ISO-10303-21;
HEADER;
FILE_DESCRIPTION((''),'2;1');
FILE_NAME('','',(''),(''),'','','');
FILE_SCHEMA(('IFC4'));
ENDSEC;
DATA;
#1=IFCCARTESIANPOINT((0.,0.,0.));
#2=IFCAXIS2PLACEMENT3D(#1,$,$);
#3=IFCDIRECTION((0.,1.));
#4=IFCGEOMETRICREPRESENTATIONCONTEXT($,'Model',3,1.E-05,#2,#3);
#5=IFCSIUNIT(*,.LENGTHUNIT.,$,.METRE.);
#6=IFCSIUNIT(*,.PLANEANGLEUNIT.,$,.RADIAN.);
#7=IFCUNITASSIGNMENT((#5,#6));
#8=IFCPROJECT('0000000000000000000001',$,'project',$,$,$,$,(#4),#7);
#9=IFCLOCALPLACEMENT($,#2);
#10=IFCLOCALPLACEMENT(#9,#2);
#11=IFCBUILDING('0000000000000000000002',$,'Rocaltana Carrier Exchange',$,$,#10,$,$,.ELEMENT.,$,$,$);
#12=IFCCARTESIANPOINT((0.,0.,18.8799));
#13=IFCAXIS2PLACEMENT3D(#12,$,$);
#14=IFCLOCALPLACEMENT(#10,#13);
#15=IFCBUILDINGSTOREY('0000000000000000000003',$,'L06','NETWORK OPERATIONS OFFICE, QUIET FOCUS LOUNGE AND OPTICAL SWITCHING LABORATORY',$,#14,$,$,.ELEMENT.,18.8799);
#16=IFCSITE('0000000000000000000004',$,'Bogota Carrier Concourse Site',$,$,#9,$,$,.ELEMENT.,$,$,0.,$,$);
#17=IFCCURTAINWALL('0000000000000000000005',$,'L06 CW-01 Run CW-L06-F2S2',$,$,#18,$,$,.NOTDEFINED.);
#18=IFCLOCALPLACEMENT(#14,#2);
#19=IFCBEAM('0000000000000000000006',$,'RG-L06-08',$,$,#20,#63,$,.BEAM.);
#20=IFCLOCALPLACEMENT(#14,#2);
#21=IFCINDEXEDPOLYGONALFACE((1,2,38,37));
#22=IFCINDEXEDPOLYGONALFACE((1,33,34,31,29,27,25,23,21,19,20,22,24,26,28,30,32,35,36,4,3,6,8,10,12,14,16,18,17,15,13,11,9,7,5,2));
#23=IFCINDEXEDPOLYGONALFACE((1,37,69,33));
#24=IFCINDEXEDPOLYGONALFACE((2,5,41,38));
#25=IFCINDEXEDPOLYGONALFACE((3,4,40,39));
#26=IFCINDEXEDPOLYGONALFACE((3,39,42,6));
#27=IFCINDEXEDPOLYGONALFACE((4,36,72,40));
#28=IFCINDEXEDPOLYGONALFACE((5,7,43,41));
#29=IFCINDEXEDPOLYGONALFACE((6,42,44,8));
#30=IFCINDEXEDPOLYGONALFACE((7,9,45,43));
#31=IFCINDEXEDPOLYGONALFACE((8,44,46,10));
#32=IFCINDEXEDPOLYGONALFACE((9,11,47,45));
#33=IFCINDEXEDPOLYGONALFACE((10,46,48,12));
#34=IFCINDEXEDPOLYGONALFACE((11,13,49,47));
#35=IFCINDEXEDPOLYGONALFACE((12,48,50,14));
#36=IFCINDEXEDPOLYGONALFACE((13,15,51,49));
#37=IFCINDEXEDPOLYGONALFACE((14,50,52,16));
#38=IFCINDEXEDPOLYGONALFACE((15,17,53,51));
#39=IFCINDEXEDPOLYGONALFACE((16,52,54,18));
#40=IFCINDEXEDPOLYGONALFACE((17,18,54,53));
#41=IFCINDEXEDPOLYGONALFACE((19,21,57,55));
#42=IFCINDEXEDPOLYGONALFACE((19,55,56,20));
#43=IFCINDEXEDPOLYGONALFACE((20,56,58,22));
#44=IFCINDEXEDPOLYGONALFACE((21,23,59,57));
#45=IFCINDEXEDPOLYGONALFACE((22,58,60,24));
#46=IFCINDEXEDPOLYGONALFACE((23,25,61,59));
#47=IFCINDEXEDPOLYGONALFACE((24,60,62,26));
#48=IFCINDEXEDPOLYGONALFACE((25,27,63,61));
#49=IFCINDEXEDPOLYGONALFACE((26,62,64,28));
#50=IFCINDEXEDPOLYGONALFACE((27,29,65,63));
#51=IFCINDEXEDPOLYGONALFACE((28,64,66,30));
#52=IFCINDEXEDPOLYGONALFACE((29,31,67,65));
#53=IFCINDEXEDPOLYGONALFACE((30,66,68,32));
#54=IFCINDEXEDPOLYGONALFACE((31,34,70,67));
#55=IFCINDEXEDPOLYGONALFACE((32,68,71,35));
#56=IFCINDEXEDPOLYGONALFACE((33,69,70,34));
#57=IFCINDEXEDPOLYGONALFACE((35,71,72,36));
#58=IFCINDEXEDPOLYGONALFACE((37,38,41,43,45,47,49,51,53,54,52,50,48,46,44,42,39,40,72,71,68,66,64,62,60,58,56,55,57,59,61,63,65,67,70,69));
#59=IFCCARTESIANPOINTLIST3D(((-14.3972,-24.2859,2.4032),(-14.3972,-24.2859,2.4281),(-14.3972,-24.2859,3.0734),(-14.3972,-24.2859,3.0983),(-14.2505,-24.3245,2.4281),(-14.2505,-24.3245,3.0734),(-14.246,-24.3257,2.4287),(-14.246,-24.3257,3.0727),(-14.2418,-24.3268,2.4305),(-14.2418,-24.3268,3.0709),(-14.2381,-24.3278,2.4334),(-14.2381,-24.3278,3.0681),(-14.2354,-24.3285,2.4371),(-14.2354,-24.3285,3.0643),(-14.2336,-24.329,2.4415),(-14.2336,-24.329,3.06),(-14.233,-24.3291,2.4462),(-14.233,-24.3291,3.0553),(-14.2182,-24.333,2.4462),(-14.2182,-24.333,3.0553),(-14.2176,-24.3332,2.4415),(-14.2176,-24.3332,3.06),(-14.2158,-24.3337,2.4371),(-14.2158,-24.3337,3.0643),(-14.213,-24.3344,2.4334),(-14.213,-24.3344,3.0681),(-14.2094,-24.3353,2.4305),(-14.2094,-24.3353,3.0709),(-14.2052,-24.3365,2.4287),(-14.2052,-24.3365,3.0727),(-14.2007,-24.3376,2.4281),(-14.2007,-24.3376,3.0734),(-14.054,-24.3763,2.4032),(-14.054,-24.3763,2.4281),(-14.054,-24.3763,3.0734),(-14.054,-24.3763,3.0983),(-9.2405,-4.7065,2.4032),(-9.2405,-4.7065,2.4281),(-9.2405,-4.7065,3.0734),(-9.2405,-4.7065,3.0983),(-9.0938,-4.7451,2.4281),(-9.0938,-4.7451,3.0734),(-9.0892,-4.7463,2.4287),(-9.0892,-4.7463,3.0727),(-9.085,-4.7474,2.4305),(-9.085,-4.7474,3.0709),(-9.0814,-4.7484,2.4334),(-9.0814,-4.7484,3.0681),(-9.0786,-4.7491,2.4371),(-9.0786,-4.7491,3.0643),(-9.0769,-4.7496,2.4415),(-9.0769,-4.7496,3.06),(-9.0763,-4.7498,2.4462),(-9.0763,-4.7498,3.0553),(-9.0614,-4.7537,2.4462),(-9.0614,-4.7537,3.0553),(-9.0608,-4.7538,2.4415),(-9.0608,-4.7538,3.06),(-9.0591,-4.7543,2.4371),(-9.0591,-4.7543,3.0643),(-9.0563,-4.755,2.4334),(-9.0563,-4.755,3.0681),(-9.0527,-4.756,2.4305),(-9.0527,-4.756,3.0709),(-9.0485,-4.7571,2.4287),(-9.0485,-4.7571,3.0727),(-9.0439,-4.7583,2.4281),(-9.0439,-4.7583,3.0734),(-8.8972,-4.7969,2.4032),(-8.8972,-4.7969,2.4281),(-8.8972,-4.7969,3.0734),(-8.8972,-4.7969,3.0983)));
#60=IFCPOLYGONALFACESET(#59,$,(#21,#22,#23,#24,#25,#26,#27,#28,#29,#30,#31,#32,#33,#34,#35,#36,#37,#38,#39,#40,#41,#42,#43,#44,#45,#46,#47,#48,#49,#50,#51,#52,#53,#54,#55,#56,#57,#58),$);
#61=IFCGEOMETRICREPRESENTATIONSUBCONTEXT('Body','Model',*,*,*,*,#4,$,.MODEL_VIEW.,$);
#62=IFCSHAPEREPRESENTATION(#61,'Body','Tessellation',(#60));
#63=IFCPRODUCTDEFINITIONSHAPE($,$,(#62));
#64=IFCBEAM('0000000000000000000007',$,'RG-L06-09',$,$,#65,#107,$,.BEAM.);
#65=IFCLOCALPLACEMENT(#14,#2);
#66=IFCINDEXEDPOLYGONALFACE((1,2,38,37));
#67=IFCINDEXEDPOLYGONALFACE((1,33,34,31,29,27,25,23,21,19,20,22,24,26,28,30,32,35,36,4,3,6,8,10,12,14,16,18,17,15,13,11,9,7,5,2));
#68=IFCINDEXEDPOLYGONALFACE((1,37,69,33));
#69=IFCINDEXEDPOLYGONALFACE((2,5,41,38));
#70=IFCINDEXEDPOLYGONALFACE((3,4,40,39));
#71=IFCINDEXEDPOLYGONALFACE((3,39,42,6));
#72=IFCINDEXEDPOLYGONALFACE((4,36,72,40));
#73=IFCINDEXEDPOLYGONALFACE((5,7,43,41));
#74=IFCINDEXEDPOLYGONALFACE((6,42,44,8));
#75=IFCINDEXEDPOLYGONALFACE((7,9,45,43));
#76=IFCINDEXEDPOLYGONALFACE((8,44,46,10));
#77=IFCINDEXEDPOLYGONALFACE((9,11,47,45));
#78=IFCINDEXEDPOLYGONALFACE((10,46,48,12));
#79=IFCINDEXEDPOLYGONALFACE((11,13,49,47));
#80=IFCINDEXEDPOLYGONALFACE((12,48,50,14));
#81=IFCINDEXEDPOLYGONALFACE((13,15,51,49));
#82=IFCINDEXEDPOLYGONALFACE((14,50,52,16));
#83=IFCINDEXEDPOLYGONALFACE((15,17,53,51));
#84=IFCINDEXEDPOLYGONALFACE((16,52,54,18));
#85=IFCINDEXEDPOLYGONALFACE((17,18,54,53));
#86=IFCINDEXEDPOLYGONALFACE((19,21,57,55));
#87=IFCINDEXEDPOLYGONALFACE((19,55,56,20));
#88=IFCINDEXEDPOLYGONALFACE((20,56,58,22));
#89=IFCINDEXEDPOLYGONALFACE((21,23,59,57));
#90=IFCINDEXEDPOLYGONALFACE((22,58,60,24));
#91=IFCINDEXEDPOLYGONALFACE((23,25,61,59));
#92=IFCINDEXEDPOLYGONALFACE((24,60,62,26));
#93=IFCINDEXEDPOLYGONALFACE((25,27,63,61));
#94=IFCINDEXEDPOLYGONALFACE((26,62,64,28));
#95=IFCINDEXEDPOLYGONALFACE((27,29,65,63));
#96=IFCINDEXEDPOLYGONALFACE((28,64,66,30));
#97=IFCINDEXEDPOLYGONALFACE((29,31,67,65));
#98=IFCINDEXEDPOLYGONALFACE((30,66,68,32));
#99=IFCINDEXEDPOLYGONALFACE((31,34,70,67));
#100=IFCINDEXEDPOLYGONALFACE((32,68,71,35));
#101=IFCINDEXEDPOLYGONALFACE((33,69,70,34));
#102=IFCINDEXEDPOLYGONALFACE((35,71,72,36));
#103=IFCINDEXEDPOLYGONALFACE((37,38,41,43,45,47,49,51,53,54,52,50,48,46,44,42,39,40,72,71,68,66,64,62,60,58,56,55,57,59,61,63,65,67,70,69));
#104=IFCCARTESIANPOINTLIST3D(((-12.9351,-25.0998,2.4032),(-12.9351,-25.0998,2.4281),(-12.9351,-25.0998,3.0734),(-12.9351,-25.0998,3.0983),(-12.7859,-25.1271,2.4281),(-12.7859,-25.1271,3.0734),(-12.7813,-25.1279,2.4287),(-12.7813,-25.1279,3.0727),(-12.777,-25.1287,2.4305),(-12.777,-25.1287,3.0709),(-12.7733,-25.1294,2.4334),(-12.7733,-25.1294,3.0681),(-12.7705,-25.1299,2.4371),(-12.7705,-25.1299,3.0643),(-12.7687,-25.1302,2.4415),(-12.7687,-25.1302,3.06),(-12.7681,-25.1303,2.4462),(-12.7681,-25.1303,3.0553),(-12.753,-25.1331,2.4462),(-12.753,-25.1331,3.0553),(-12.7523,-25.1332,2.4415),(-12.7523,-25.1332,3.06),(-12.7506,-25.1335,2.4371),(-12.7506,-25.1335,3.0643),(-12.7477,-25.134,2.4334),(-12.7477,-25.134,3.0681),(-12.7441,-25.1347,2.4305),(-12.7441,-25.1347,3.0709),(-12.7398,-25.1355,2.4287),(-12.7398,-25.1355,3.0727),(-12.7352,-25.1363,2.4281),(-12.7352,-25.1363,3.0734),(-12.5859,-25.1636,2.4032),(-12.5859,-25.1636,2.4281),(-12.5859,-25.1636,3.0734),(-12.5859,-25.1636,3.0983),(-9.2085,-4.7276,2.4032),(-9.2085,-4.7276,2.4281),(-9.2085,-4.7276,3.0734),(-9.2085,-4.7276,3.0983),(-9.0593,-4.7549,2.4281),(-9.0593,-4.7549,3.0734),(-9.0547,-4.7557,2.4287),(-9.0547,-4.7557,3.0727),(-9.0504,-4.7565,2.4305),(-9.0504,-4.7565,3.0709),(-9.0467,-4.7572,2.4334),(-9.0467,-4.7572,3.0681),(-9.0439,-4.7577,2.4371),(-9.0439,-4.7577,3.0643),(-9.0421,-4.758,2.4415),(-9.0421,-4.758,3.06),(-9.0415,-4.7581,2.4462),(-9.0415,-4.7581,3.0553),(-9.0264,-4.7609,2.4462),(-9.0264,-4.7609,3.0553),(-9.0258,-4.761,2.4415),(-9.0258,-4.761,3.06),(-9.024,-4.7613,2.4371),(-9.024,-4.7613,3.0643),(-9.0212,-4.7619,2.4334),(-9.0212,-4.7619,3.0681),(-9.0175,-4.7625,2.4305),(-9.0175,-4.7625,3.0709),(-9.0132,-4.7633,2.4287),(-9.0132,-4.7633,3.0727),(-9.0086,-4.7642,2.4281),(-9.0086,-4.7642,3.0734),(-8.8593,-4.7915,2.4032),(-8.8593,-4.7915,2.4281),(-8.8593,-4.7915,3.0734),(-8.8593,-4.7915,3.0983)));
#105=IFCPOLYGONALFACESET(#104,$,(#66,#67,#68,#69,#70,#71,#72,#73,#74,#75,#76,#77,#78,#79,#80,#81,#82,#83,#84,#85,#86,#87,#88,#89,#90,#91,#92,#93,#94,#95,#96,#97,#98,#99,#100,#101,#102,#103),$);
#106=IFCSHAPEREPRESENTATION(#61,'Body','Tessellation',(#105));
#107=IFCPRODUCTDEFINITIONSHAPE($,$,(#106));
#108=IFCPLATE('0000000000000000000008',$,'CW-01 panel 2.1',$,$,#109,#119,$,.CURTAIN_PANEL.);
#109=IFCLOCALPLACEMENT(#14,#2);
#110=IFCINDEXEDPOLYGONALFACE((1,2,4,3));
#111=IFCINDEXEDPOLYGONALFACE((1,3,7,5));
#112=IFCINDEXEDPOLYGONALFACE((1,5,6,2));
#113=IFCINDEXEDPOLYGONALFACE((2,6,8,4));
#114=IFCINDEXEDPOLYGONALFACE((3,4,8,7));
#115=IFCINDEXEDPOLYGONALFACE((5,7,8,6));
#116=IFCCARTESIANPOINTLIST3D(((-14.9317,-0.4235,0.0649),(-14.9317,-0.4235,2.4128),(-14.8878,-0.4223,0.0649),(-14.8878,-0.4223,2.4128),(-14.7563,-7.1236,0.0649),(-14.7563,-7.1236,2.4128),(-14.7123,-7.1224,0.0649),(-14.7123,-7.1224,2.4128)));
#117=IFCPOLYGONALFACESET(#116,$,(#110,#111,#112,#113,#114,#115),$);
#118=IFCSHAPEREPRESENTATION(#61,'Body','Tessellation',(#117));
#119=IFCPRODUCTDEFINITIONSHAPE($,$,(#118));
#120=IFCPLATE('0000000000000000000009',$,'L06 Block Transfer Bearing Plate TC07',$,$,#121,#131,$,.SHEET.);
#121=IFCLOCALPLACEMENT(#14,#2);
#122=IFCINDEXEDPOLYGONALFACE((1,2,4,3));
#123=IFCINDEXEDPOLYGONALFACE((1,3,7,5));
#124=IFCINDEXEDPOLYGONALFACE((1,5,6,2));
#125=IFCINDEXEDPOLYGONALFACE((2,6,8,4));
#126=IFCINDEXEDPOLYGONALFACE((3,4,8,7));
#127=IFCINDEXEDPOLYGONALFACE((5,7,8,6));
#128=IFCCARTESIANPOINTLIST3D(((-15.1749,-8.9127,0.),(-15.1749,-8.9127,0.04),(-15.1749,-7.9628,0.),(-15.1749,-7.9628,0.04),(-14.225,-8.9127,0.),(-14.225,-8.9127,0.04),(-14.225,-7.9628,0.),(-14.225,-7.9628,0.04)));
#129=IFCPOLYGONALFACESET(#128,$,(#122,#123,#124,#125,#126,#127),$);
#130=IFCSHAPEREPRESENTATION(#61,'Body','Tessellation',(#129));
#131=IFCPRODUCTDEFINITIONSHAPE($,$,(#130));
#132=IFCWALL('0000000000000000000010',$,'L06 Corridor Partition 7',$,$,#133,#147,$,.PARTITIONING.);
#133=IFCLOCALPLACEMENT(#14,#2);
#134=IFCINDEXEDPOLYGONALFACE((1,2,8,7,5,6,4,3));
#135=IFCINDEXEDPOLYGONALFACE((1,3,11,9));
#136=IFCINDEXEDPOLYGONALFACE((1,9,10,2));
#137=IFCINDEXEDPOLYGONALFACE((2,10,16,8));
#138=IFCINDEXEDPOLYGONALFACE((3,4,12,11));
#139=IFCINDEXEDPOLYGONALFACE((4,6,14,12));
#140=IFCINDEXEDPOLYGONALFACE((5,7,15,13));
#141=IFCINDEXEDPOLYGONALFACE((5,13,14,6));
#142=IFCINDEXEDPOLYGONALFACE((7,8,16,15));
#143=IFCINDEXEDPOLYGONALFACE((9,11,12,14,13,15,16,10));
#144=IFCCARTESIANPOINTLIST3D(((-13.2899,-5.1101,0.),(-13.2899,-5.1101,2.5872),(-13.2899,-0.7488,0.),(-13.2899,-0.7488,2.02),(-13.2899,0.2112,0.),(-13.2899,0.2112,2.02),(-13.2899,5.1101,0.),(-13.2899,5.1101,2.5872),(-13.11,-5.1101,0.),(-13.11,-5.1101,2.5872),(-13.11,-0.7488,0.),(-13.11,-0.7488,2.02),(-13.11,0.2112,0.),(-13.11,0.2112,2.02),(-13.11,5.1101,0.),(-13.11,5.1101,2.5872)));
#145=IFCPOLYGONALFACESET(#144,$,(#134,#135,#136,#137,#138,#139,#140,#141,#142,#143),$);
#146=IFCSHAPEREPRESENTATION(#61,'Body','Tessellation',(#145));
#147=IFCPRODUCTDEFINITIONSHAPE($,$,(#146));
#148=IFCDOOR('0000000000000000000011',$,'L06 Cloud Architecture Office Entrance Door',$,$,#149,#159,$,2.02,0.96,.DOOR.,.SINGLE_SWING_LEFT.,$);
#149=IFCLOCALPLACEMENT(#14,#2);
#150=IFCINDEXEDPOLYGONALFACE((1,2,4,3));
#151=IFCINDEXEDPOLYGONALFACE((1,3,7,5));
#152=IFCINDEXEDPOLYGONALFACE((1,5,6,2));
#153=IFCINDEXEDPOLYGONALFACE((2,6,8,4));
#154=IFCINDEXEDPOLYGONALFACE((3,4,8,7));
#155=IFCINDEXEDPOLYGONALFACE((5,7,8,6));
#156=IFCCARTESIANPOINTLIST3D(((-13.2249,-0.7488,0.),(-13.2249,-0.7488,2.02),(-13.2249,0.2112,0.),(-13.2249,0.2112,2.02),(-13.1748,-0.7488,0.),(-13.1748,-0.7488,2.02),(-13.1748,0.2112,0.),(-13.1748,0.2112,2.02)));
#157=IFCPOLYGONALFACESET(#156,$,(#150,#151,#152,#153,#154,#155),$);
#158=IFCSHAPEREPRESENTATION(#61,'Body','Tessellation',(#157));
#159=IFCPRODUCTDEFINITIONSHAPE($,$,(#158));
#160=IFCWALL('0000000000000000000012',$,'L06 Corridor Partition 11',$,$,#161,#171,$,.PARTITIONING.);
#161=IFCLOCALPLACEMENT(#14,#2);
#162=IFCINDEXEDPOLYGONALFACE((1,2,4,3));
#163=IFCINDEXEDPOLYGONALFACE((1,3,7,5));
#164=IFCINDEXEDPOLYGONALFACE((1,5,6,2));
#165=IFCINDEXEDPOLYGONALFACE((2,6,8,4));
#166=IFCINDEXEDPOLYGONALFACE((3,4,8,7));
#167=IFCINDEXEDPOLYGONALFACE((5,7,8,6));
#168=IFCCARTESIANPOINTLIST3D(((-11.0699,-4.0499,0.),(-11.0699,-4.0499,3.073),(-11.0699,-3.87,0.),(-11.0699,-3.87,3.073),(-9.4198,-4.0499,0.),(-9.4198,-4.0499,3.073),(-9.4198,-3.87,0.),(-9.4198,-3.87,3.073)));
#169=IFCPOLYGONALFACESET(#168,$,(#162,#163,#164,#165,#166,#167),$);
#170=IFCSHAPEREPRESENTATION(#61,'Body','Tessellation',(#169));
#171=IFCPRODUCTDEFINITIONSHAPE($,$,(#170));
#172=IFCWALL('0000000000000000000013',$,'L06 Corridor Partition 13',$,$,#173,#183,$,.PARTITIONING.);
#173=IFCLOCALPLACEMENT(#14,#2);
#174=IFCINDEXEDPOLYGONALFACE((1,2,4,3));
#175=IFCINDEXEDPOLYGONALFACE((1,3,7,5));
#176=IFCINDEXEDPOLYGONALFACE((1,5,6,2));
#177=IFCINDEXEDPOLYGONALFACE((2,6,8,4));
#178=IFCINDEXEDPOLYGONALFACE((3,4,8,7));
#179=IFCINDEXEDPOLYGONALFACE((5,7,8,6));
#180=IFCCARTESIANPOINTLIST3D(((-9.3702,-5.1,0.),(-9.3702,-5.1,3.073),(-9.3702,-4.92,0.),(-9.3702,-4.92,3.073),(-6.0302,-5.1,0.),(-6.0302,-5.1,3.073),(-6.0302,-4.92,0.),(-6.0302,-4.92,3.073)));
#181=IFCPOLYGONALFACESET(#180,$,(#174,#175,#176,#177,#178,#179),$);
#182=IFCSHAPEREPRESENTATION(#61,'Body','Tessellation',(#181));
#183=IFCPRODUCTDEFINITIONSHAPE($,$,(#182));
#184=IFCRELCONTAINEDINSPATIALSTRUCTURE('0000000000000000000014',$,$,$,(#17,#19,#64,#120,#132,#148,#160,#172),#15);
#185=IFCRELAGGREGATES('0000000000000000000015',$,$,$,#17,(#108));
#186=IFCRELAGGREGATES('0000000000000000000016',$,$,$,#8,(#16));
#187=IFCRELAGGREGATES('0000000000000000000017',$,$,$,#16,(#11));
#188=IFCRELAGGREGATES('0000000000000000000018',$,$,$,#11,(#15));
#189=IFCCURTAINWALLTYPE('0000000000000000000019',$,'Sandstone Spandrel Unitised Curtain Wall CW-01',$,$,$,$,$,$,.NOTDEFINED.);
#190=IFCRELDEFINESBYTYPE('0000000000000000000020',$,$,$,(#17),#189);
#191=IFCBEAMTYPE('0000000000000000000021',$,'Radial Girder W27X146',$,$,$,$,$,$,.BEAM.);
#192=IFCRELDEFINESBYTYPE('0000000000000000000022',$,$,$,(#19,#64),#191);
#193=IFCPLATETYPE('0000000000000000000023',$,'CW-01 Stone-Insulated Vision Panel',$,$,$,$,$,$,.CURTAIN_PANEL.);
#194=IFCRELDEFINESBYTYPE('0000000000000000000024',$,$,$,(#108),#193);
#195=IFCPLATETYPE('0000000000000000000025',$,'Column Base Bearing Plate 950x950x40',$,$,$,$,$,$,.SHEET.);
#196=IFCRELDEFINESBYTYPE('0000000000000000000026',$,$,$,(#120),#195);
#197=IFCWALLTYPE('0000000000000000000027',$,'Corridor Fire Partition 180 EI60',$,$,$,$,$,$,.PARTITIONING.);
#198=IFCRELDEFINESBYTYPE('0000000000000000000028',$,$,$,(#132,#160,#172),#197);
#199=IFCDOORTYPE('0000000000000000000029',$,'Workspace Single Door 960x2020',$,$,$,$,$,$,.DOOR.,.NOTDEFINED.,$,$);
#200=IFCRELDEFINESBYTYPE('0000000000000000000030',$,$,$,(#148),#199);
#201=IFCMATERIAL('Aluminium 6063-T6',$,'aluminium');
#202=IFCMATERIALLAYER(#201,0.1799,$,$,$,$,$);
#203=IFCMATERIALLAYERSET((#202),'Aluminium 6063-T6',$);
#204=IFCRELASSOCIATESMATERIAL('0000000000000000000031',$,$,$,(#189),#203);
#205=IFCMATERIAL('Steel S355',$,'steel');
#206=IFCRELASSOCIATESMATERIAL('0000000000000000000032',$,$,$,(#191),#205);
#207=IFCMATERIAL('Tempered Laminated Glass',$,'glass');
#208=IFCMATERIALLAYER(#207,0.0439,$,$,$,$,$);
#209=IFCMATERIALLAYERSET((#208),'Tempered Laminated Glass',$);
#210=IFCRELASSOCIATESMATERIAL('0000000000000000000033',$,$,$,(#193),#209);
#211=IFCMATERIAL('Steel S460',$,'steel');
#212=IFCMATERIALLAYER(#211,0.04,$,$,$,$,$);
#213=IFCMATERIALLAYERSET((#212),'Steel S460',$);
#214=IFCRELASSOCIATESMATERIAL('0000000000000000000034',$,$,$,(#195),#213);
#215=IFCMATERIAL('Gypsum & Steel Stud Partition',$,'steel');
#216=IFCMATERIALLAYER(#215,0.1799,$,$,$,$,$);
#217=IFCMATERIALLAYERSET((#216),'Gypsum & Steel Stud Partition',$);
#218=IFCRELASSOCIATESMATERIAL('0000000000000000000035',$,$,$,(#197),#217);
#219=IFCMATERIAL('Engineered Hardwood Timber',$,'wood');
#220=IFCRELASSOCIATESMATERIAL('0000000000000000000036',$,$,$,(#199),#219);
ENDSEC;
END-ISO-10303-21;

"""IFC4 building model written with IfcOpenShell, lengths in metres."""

from ifc_helpers import new_model, si_unit, direction, frame, frame_2d, origin, origin_2d, place, context, subcontext, project, spatial, rectangle, i_section, extrude, material, layer, layer_set, material_profile, profile_set, type_object, element, fill, aggregate, save


model = new_model("IFC4")

# Units and contexts
model_context = context("Model", 3, precision=1e-05, world=origin(), true_north=direction((0.0, 1.0)))
body_context = subcontext(model_context, "Body", "Model", "MODEL_VIEW")
ifc_project = project(units=[si_unit("LENGTHUNIT", "METRE"), si_unit("PLANEANGLEUNIT", "RADIAN")], contexts=[model_context])

# Site, building, storey
site_placement = place(None, origin())
site = spatial("IfcSite", under=ifc_project, at=site_placement, Name="Bogota Carrier Concourse Site", CompositionType="ELEMENT", RefElevation=0.0)
building_placement = place(site_placement, origin())
building = spatial("IfcBuilding", under=site, at=building_placement, Name="Rocaltana Carrier Exchange", CompositionType="ELEMENT")
storey_placement = place(building_placement, frame((0.0, 0.0, 18.8799)))
storey = spatial("IfcBuildingStorey", under=building, at=storey_placement, Name="L06", Description="NETWORK OPERATIONS OFFICE, QUIET FOCUS LOUNGE AND OPTICAL SWITCHING LABORATORY", CompositionType="ELEMENT", Elevation=18.8799)

# Curtain wall
ifc_material_1 = material(Name="Aluminium 6063-T6", Category="aluminium")
ifc_layer_1 = layer(ifc_material_1, 0.1799)
ifc_layer_set_1 = layer_set([ifc_layer_1], Name="Aluminium 6063-T6")
curtain_wall_type = type_object("IfcCurtainWallType", Name="Sandstone Spandrel Unitised Curtain Wall CW-01", PredefinedType="NOTDEFINED", material=ifc_layer_set_1)
curtain_wall_placement = place(storey_placement, origin())
curtain_wall = element("IfcCurtainWall", 1, at=curtain_wall_placement, inside=storey, type_object=curtain_wall_type, Name="L06 CW-01 Run CW-L06-F2S2", PredefinedType="NOTDEFINED")

# Beams
ifc_material_2 = material(Name="Steel S355", Category="steel")
ifc_material_profile_1 = material_profile(ifc_material_2, i_section(OverallWidth=0.355, OverallDepth=0.6951, WebThickness=0.0154, FlangeThickness=0.0249, FilletRadius=0.0181, at=origin_2d()), Name="W27X146")
ifc_profile_set_1 = profile_set([ifc_material_profile_1], Name="Steel S355")
beam_type_1 = type_object("IfcBeamType", Name="Radial Girder W27X146", PredefinedType="BEAM", material=ifc_profile_set_1)
beam_1_placement = place(storey_placement, frame((-9.0688, -4.7517, 2.7507), z_axis=(-0.254691, -0.967023, 0.0), x_axis=(0.967023, -0.254691, 0.0)))
element("IfcBeam", 2, at=beam_1_placement, inside=storey, type_object=beam_type_1, Name="RG-L06-08", PredefinedType="BEAM", context=body_context, shape_type="SweptSolid", body=[
    extrude(i_section(OverallWidth=0.355, OverallDepth=0.6951, WebThickness=0.0154, FlangeThickness=0.0249, FilletRadius=0.0181, at=origin_2d()), origin(), (0.0, 0.0, 1.0), 20.2471),
])
beam_2_placement = place(storey_placement, frame((-9.0339, -4.7595, 2.7507), z_axis=(-0.179939, -0.983678, 0.0), x_axis=(0.983678, -0.179939, 0.0)))
element("IfcBeam", 3, at=beam_2_placement, inside=storey, type_object=beam_type_1, Name="RG-L06-09", PredefinedType="BEAM", context=body_context, shape_type="SweptSolid", body=[
    extrude(i_section(OverallWidth=0.355, OverallDepth=0.6951, WebThickness=0.0154, FlangeThickness=0.0249, FilletRadius=0.0181, at=origin_2d()), origin(), (0.0, 0.0, 1.0), 20.7102),
])

# Plates
ifc_material_3 = material(Name="Tempered Laminated Glass", Category="glass")
ifc_layer_2 = layer(ifc_material_3, 0.0439)
ifc_layer_set_2 = layer_set([ifc_layer_2], Name="Tempered Laminated Glass")
plate_type_1 = type_object("IfcPlateType", Name="CW-01 Stone-Insulated Vision Panel", PredefinedType="CURTAIN_PANEL", material=ifc_layer_set_2)
plate_1_placement = place(storey_placement, frame((-14.822, -3.7729, 0.0649), z_axis=(0.0, 0.0, 1.0), x_axis=(0.026177, -0.999657, 0.0)))
plate_1 = element("IfcPlate", 4, at=plate_1_placement, type_object=plate_type_1, Name="CW-01 panel 2.1", PredefinedType="CURTAIN_PANEL", context=body_context, shape_type="SweptSolid", body=[
    extrude(rectangle(XDim=6.7024, YDim=0.0439, at=origin_2d()), origin(), (0.0, 0.0, 1.0), 2.3479),
])
aggregate(curtain_wall, [plate_1])
ifc_material_4 = material(Name="Steel S460", Category="steel")
ifc_layer_3 = layer(ifc_material_4, 0.04)
ifc_layer_set_3 = layer_set([ifc_layer_3], Name="Steel S460")
plate_type_2 = type_object("IfcPlateType", Name="Column Base Bearing Plate 950x950x40", PredefinedType="SHEET", material=ifc_layer_set_3)
plate_2_placement = place(storey_placement, frame((-14.7, -8.4377, 0.0), z_axis=(0.0, 0.0, 1.0), x_axis=(1.0, 0.0, 0.0)))
element("IfcPlate", 5, at=plate_2_placement, inside=storey, type_object=plate_type_2, Name="L06 Block Transfer Bearing Plate TC07", PredefinedType="SHEET", context=body_context, shape_type="SweptSolid", body=[
    extrude(rectangle(XDim=0.95, YDim=0.95, at=origin_2d()), origin(), (0.0, 0.0, 1.0), 0.04),
])

# Wall, opening, door
ifc_material_5 = material(Name="Gypsum & Steel Stud Partition", Category="steel")
ifc_layer_4 = layer(ifc_material_5, 0.1799)
ifc_layer_set_4 = layer_set([ifc_layer_4], Name="Gypsum & Steel Stud Partition")
wall_type_1 = type_object("IfcWallType", Name="Corridor Fire Partition 180 EI60", PredefinedType="PARTITIONING", material=ifc_layer_set_4)
wall_1_placement = place(storey_placement, frame((-13.2, -5.1101, 0.0), z_axis=(0.0, 0.0, 1.0), x_axis=(0.0, 1.0, 0.0)))
wall_1 = element("IfcWall", 6, at=wall_1_placement, inside=storey, type_object=wall_type_1, Name="L06 Corridor Partition 7", PredefinedType="PARTITIONING", context=body_context, shape_type="SweptSolid", body=[
    extrude(rectangle(XDim=10.2202, YDim=0.1799, at=frame_2d((5.1101, 0.0))), origin(), (0.0, 0.0, 1.0), 2.5872),
])
opening_placement = place(wall_1_placement, frame((4.3613, 0.0, 0.0)))
opening = element("IfcOpeningElement", 7, at=opening_placement, cuts=wall_1, PredefinedType="OPENING", context=body_context, shape_type="SweptSolid", body=[
    extrude(rectangle(XDim=0.96, YDim=2.02, at=frame_2d((0.48, 1.01))), frame((0.0, 0.0999, 0.0), z_axis=(0.0, -1.0, 0.0), x_axis=(1.0, 0.0, 0.0)), (0.0, 0.0, 1.0), 0.2),
])
ifc_material_6 = material(Name="Engineered Hardwood Timber", Category="wood")
door_type = type_object("IfcDoorType", Name="Workspace Single Door 960x2020", OperationType="NOTDEFINED", PredefinedType="DOOR", material=ifc_material_6)
door_placement = place(opening_placement, origin())
door = element("IfcDoor", 8, at=door_placement, inside=storey, type_object=door_type, Name="L06 Cloud Architecture Office Entrance Door", OperationType="SINGLE_SWING_LEFT", OverallHeight=2.02, OverallWidth=0.96, PredefinedType="DOOR", context=body_context, shape_type="SweptSolid", body=[
    extrude(rectangle(XDim=0.96, YDim=2.02, at=frame_2d((0.48, 1.01))), frame((0.0, 0.0249, 0.0), z_axis=(0.0, -1.0, 0.0), x_axis=(1.0, 0.0, 0.0)), (0.0, 0.0, 1.0), 0.05),
])
fill(opening, door)

# Walls
wall_2_placement = place(storey_placement, frame((-11.0701, -3.96, 0.0), z_axis=(0.0, 0.0, 1.0), x_axis=(1.0, 0.0, 0.0)))
element("IfcWall", 9, at=wall_2_placement, inside=storey, type_object=wall_type_1, Name="L06 Corridor Partition 11", PredefinedType="PARTITIONING", context=body_context, shape_type="SweptSolid", body=[
    extrude(rectangle(XDim=1.6501, YDim=0.1799, at=frame_2d((0.8252, 0.0))), origin(), (0.0, 0.0, 1.0), 3.073),
])
wall_3_placement = place(storey_placement, frame((-9.3701, -5.01, 0.0), z_axis=(0.0, 0.0, 1.0), x_axis=(1.0, 0.0, 0.0)))
element("IfcWall", 10, at=wall_3_placement, inside=storey, type_object=wall_type_1, Name="L06 Corridor Partition 13", PredefinedType="PARTITIONING", context=body_context, shape_type="SweptSolid", body=[
    extrude(rectangle(XDim=3.3401, YDim=0.1799, at=frame_2d((1.6699, 0.0))), origin(), (0.0, 0.0, 1.0), 3.073),
])

save(model, "model.ifc")
